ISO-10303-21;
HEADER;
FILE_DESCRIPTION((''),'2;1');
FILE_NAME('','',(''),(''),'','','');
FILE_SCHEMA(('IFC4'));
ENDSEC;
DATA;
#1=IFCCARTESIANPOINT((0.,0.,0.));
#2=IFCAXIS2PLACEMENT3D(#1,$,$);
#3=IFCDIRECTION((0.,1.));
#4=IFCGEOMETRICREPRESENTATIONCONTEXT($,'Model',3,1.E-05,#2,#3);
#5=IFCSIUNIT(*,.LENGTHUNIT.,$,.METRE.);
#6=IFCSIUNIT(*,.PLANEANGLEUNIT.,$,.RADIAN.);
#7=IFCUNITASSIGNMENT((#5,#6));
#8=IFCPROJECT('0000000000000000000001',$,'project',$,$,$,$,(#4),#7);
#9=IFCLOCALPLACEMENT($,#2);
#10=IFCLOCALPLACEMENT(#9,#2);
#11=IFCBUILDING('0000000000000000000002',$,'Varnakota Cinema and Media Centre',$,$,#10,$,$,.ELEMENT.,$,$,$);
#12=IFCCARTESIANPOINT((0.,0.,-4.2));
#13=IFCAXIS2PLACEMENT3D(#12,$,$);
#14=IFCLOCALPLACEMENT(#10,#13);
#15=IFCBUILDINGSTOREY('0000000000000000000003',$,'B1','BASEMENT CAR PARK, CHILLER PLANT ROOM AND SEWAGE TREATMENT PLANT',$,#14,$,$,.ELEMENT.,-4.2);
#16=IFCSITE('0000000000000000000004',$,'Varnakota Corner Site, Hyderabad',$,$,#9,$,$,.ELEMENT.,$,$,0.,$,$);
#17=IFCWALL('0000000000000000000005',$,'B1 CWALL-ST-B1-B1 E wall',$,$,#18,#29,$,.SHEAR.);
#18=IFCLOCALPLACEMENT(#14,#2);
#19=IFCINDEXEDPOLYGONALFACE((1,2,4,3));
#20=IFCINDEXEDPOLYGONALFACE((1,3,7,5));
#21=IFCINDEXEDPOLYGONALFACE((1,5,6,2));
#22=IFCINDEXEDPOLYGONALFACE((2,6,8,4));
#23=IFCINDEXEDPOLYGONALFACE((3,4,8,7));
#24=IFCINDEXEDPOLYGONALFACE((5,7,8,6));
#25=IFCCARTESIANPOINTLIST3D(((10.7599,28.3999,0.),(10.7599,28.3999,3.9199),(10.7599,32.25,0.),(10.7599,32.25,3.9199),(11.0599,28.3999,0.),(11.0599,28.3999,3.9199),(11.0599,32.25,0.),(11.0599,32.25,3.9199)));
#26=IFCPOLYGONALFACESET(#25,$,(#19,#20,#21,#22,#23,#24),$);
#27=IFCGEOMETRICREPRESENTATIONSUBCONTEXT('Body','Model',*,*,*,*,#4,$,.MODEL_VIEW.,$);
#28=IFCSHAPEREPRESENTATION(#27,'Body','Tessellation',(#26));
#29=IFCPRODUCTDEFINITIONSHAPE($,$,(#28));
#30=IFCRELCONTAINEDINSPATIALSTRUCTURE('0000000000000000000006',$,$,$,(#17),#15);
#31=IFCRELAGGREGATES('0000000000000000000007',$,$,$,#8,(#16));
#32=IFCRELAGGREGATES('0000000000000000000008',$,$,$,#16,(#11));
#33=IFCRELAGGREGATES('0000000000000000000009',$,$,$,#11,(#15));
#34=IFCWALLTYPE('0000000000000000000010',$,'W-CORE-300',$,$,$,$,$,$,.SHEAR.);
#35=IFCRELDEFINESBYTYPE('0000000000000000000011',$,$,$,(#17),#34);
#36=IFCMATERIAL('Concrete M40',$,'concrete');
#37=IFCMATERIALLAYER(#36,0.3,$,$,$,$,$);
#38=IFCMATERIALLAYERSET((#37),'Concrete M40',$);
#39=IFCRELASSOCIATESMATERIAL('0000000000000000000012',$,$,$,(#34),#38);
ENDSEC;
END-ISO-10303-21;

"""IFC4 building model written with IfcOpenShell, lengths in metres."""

from ifc_helpers import new_model, si_unit, direction, frame, frame_2d, origin, place, context, subcontext, project, spatial, rectangle, extrude, material, layer, layer_set, type_object, element, save


model = new_model("IFC4")

# Units and contexts
model_context = context("Model", 3, precision=1e-05, world=origin(), true_north=direction((0.0, 1.0)))
body_context = subcontext(model_context, "Body", "Model", "MODEL_VIEW")
ifc_project = project(units=[si_unit("LENGTHUNIT", "METRE"), si_unit("PLANEANGLEUNIT", "RADIAN")], contexts=[model_context])

# Site, building, storey
site_placement = place(None, origin())
site = spatial("IfcSite", under=ifc_project, at=site_placement, Name="Varnakota Corner Site, Hyderabad", CompositionType="ELEMENT", RefElevation=0.0)
building_placement = place(site_placement, origin())
building = spatial("IfcBuilding", under=site, at=building_placement, Name="Varnakota Cinema and Media Centre", CompositionType="ELEMENT")
storey_placement = place(building_placement, frame((0.0, 0.0, -4.2)))
storey = spatial("IfcBuildingStorey", under=building, at=storey_placement, Name="B1", Description="BASEMENT CAR PARK, CHILLER PLANT ROOM AND SEWAGE TREATMENT PLANT", CompositionType="ELEMENT", Elevation=-4.2)

# Wall
ifc_material_1 = material(Name="Concrete M40", Category="concrete")
ifc_layer = layer(ifc_material_1, 0.3)
ifc_layer_set = layer_set([ifc_layer], Name="Concrete M40")
wall_type = type_object("IfcWallType", Name="W-CORE-300", PredefinedType="SHEAR", material=ifc_layer_set)
wall_1_placement = place(storey_placement, frame((10.9099, 32.25, 0.0), z_axis=(0.0, 0.0, 1.0), x_axis=(0.0, -1.0, 0.0)))
element("IfcWall", 1, at=wall_1_placement, inside=storey, type_object=wall_type, Name="B1 CWALL-ST-B1-B1 E wall", PredefinedType="SHEAR", context=body_context, shape_type="SweptSolid", body=[
    extrude(rectangle(XDim=3.8501, YDim=0.3, at=frame_2d((1.925, 0.0))), origin(), (0.0, 0.0, 1.0), 3.9199),
])

save(model, "model.ifc")
